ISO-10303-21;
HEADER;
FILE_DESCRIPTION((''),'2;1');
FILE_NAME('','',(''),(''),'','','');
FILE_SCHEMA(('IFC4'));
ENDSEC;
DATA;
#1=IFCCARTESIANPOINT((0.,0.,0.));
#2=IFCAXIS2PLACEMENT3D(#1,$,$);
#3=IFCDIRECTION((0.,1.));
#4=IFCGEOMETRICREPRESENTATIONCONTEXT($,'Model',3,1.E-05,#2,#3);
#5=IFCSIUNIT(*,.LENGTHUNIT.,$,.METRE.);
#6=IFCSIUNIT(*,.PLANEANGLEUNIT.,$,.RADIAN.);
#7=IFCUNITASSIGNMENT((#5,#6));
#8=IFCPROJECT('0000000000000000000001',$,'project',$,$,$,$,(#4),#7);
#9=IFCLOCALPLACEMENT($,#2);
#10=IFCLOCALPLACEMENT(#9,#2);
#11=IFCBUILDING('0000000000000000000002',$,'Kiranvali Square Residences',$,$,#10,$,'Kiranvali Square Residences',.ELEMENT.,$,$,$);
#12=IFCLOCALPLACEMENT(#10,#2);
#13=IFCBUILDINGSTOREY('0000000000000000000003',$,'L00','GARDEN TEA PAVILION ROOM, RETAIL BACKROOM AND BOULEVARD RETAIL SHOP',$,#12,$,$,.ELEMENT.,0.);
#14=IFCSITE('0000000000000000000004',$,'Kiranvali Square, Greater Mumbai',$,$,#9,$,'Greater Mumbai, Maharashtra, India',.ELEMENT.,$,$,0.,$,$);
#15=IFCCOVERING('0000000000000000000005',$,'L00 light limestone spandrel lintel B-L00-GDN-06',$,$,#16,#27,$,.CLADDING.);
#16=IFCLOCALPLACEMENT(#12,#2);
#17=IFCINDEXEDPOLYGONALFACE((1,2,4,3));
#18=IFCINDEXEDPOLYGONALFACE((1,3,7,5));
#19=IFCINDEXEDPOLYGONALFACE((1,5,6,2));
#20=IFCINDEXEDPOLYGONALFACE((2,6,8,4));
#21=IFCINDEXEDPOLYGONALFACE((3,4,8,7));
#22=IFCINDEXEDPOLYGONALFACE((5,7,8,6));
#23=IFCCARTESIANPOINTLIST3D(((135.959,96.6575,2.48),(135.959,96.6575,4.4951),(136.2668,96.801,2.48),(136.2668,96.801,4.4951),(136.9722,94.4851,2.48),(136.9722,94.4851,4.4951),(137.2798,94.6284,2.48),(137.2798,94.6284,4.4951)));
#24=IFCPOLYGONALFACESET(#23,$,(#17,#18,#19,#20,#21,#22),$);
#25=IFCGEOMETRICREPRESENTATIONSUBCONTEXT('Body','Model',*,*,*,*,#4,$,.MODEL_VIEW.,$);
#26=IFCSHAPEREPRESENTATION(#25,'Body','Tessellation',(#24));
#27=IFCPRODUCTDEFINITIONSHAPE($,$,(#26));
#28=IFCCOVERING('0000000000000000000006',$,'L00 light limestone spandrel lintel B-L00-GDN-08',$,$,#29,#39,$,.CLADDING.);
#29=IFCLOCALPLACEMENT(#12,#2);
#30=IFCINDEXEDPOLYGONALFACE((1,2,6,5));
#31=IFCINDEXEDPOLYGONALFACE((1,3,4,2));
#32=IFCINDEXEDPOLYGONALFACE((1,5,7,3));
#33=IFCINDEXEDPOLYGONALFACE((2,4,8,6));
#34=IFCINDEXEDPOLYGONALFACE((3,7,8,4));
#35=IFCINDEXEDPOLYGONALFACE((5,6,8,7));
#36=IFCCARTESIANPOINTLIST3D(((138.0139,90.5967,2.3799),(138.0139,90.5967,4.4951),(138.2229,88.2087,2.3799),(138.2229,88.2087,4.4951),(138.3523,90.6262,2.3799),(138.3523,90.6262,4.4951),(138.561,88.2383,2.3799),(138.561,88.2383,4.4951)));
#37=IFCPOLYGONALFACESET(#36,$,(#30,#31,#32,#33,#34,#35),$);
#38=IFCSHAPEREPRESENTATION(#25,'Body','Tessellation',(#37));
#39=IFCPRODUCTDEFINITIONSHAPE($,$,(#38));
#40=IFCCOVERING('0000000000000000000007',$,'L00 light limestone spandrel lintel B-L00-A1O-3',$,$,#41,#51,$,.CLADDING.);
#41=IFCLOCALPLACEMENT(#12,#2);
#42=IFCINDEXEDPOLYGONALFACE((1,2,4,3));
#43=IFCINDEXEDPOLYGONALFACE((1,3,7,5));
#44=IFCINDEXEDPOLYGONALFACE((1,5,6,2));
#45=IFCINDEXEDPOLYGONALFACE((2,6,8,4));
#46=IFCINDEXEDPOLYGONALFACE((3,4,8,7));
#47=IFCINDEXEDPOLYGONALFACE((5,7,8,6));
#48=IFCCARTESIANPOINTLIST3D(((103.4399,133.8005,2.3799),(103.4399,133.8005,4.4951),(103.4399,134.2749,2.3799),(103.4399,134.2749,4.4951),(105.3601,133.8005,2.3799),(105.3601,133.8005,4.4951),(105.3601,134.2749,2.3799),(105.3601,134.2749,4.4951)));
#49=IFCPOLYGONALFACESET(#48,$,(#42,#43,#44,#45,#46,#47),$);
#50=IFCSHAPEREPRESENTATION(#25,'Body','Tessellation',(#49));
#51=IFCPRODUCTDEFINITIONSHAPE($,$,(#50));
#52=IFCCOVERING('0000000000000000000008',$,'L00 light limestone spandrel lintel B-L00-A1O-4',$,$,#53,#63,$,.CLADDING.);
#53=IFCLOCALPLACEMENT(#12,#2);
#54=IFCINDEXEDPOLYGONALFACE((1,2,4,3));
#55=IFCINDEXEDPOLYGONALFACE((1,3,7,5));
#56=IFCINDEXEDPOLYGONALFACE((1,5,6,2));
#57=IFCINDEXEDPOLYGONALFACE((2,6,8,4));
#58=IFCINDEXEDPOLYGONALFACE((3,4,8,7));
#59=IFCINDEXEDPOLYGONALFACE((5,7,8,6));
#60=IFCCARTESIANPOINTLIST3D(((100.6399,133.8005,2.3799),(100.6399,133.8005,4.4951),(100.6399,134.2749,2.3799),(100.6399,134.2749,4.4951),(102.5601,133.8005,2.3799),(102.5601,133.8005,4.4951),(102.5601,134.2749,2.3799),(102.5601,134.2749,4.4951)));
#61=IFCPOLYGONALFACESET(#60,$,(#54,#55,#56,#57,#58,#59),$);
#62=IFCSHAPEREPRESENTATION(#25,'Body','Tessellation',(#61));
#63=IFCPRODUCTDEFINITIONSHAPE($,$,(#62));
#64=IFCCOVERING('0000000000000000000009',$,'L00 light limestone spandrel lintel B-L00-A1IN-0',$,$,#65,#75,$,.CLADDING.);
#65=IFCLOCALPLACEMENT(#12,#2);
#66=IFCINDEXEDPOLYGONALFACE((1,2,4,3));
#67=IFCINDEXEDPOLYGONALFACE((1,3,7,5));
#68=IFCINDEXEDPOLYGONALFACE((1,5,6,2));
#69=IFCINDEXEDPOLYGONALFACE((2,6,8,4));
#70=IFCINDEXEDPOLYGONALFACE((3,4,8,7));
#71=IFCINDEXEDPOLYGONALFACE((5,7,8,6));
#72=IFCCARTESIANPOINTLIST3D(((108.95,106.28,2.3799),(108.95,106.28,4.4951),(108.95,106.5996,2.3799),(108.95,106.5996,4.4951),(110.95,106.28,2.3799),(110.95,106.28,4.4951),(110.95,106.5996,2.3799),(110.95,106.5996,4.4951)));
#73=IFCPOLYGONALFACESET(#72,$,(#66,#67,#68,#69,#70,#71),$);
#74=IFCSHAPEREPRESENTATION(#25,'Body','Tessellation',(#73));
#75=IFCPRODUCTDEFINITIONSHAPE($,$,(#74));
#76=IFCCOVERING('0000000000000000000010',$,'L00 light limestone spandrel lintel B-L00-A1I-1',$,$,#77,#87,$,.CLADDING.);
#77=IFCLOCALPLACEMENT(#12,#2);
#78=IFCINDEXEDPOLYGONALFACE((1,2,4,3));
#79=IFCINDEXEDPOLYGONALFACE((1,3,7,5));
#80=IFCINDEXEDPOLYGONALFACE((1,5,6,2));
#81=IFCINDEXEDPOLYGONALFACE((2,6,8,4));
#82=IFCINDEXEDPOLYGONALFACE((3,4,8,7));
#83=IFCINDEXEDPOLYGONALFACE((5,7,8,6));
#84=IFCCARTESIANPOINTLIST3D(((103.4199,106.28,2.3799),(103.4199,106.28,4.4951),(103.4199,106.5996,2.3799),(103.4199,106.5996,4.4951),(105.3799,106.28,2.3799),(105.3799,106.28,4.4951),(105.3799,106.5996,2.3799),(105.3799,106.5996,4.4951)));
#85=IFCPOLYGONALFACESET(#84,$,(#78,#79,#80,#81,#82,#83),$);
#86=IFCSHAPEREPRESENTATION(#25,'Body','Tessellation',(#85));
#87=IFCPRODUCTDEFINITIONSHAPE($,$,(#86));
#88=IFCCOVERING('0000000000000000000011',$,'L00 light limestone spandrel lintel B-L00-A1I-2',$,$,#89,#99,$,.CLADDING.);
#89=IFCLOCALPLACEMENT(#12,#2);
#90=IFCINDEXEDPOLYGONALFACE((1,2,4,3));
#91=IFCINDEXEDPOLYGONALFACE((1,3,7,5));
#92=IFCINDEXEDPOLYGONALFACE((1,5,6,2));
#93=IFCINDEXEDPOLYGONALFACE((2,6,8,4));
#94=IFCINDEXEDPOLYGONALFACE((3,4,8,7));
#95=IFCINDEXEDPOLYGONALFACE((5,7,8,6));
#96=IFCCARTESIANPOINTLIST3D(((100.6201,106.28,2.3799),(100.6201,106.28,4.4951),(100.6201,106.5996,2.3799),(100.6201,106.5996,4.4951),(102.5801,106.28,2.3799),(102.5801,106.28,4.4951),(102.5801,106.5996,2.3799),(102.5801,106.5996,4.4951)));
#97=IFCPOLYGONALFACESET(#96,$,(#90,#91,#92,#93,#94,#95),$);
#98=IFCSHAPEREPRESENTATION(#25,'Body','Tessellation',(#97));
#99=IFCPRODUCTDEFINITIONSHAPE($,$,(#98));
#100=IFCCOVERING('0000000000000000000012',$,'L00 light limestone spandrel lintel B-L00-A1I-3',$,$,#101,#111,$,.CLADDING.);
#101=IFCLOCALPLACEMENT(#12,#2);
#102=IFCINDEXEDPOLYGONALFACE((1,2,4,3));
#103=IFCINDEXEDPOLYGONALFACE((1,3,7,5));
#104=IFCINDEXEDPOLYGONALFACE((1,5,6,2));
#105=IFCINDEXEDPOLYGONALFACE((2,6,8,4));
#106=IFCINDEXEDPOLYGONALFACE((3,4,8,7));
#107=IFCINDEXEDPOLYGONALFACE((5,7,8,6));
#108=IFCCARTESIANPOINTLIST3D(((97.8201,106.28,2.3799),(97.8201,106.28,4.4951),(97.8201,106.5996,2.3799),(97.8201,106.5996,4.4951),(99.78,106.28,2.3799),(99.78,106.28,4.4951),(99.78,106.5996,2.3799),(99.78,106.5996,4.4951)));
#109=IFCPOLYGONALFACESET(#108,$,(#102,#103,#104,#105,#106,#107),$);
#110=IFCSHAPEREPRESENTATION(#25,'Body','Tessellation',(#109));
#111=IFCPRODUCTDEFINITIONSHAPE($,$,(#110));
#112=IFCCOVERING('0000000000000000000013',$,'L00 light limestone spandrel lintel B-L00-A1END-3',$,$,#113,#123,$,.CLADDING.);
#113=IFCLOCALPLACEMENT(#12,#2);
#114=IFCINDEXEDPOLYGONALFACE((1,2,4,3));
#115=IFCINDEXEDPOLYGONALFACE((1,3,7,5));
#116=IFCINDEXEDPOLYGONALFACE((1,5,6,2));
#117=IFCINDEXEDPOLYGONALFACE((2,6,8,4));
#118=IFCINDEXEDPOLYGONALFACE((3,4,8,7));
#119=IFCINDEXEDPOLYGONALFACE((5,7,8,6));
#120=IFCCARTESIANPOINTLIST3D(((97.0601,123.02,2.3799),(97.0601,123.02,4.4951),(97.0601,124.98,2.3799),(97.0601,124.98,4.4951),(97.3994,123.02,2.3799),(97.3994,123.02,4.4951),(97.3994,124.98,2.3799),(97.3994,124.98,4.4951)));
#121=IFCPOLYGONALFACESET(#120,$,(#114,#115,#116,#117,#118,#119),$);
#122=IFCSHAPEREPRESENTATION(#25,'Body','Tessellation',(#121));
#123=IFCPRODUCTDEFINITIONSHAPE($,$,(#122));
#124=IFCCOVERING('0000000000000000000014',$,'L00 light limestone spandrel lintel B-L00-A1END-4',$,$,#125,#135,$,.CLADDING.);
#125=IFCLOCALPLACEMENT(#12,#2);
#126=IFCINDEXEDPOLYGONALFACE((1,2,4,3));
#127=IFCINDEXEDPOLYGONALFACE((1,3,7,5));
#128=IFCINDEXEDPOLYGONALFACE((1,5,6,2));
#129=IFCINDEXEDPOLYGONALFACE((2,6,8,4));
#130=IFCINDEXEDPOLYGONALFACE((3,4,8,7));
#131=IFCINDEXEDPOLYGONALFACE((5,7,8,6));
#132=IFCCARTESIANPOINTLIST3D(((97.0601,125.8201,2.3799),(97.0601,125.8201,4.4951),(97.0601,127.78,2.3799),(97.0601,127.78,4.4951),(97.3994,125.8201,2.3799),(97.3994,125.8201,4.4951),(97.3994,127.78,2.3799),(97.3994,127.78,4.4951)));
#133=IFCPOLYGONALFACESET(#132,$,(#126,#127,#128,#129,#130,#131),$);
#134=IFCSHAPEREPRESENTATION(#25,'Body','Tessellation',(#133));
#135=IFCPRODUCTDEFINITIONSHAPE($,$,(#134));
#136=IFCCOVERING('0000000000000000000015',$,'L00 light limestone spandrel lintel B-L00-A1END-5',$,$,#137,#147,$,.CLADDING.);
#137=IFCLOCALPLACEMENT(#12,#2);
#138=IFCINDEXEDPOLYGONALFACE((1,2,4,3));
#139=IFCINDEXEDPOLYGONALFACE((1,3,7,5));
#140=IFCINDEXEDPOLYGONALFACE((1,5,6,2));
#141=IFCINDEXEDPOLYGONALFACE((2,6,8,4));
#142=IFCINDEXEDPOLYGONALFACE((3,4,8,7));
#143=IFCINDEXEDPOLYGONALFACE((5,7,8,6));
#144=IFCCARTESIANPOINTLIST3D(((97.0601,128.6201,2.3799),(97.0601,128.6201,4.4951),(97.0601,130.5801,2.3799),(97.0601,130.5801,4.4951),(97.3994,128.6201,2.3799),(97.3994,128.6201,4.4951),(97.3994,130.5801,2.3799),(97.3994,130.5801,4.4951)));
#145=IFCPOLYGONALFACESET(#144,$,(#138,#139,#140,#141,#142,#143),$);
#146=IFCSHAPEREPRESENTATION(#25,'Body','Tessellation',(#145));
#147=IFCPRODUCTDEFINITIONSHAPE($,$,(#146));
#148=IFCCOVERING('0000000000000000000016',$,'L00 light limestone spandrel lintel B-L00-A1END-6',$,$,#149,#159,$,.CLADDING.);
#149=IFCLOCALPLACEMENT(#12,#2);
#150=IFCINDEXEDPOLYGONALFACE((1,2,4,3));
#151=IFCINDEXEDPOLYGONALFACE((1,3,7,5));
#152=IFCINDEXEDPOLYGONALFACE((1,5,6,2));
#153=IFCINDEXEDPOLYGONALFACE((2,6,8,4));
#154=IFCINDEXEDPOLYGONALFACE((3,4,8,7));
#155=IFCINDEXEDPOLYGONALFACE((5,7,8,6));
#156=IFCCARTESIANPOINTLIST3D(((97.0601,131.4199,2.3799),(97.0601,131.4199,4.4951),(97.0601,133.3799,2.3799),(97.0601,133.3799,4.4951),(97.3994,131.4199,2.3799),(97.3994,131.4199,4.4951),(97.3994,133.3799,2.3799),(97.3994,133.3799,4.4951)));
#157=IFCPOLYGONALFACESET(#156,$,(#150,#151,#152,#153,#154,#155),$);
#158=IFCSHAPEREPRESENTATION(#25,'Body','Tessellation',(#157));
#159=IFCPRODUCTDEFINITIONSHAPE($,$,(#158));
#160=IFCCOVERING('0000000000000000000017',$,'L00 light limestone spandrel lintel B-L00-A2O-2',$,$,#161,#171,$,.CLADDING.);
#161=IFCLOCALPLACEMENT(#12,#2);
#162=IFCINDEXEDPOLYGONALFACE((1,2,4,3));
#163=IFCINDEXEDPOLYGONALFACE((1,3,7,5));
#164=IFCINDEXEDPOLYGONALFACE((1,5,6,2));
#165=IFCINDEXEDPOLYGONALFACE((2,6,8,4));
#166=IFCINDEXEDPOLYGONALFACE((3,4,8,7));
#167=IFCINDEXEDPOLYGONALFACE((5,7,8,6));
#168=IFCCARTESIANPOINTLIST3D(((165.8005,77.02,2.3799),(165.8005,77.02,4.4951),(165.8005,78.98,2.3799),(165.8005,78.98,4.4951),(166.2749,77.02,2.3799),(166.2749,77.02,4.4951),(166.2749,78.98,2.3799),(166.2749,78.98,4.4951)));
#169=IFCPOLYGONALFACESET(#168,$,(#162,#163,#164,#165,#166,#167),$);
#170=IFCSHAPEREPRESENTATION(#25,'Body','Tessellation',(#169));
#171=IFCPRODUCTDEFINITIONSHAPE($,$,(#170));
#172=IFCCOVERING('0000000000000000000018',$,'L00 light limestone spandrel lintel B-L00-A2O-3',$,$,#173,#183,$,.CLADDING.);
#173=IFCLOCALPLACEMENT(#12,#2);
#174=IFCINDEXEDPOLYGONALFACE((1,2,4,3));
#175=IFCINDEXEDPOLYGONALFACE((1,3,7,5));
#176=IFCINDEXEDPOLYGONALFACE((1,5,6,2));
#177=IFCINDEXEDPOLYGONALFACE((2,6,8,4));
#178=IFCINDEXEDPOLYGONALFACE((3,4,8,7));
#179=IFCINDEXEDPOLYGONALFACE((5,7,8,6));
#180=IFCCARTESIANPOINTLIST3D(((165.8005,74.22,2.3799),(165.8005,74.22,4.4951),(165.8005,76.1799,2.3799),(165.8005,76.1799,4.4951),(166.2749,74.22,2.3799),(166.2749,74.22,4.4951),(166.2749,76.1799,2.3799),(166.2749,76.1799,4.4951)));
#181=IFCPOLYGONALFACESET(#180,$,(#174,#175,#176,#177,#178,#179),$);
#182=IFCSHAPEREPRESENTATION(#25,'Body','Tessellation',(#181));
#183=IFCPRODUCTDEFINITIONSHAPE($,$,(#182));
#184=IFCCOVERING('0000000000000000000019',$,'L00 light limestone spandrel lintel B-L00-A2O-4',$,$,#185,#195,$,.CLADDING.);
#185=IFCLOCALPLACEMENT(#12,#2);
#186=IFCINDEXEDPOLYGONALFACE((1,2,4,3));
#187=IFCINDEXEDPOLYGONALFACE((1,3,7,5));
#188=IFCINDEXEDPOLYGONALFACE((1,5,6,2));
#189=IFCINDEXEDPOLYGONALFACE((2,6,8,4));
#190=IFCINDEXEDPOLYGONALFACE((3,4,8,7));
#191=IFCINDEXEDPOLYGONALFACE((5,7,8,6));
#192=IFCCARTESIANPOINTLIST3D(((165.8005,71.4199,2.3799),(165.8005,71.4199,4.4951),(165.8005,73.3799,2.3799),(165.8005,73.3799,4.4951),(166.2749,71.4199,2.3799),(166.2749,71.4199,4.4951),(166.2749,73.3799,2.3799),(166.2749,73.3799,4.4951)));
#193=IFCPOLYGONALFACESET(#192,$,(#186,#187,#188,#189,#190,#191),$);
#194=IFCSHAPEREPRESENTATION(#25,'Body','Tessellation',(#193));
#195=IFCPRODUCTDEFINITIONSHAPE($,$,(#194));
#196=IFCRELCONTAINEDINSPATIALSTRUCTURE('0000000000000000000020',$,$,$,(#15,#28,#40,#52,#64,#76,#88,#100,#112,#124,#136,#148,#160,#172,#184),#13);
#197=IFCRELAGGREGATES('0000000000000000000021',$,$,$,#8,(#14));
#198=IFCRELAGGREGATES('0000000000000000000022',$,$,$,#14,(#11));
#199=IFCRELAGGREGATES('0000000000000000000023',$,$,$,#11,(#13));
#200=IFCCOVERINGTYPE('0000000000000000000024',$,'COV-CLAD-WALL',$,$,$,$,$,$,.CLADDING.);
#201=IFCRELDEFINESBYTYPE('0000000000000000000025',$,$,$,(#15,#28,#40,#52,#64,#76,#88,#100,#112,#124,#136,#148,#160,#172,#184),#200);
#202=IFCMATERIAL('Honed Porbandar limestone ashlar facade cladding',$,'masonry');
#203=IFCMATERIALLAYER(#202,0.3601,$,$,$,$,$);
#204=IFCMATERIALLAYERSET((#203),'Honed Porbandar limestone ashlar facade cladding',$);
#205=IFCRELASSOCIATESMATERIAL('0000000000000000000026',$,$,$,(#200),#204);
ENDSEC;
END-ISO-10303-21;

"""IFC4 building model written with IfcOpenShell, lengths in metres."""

from ifc_helpers import new_model, si_unit, direction, frame, origin, place, context, subcontext, project, spatial, polyline, outline, extrude, material, layer, layer_set, type_object, element, save


model = new_model("IFC4")

# Units and contexts
model_context = context("Model", 3, precision=1e-05, world=origin(), true_north=direction((0.0, 1.0)))
body_context = subcontext(model_context, "Body", "Model", "MODEL_VIEW")
ifc_project = project(units=[si_unit("LENGTHUNIT", "METRE"), si_unit("PLANEANGLEUNIT", "RADIAN")], contexts=[model_context])

# Site, building, storey
site_placement = place(None, origin())
site = spatial("IfcSite", under=ifc_project, at=site_placement, Name="Kiranvali Square, Greater Mumbai", LongName="Greater Mumbai, Maharashtra, India", CompositionType="ELEMENT", RefElevation=0.0)
building_placement = place(site_placement, origin())
building = spatial("IfcBuilding", under=site, at=building_placement, Name="Kiranvali Square Residences", LongName="Kiranvali Square Residences", CompositionType="ELEMENT")
storey_placement = place(building_placement, origin())
storey = spatial("IfcBuildingStorey", under=building, at=storey_placement, Name="L00", Description="GARDEN TEA PAVILION ROOM, RETAIL BACKROOM AND BOULEVARD RETAIL SHOP", CompositionType="ELEMENT", Elevation=0.0)

# Coverings
ifc_material = material(Name="Honed Porbandar limestone ashlar facade cladding", Category="masonry")
ifc_layer = layer(ifc_material, 0.3601)
ifc_layer_set = layer_set([ifc_layer], Name="Honed Porbandar limestone ashlar facade cladding")
covering_type = type_object("IfcCoveringType", Name="COV-CLAD-WALL", PredefinedType="CLADDING", material=ifc_layer_set)
covering_1_placement = place(storey_placement, frame((0.0, 0.0, 2.48)))
element("IfcCovering", 1, at=covering_1_placement, inside=storey, type_object=covering_type, Name="L00 light limestone spandrel lintel B-L00-GDN-06", PredefinedType="CLADDING", context=body_context, shape_type="SweptSolid", body=[
    extrude(outline(polyline([(135.959, 96.6575), (136.9722, 94.4851), (137.2798, 94.6284), (136.2668, 96.801), (135.959, 96.6575)])), origin(), (0.0, 0.0, 1.0), 2.0151),
])
covering_2_placement = place(storey_placement, frame((0.0, 0.0, 2.3799)))
element("IfcCovering", 2, at=covering_2_placement, inside=storey, type_object=covering_type, Name="L00 light limestone spandrel lintel B-L00-GDN-08", PredefinedType="CLADDING", context=body_context, shape_type="SweptSolid", body=[
    extrude(outline(polyline([(138.0139, 90.5967), (138.2229, 88.2087), (138.561, 88.2383), (138.3523, 90.6262), (138.0139, 90.5967)])), origin(), (0.0, 0.0, 1.0), 2.1152),
])
covering_3_placement = place(storey_placement, frame((0.0, 0.0, 2.3799)))
element("IfcCovering", 3, at=covering_3_placement, inside=storey, type_object=covering_type, Name="L00 light limestone spandrel lintel B-L00-A1O-3", PredefinedType="CLADDING", context=body_context, shape_type="SweptSolid", body=[
    extrude(outline(polyline([(105.3601, 134.2749), (103.4399, 134.2749), (103.4399, 133.8005), (105.3601, 133.8005), (105.3601, 134.2749)])), origin(), (0.0, 0.0, 1.0), 2.1152),
])
covering_4_placement = place(storey_placement, frame((0.0, 0.0, 2.3799)))
element("IfcCovering", 4, at=covering_4_placement, inside=storey, type_object=covering_type, Name="L00 light limestone spandrel lintel B-L00-A1O-4", PredefinedType="CLADDING", context=body_context, shape_type="SweptSolid", body=[
    extrude(outline(polyline([(102.5601, 134.2749), (100.6399, 134.2749), (100.6399, 133.8005), (102.5601, 133.8005), (102.5601, 134.2749)])), origin(), (0.0, 0.0, 1.0), 2.1152),
])
covering_5_placement = place(storey_placement, frame((0.0, 0.0, 2.3799)))
element("IfcCovering", 5, at=covering_5_placement, inside=storey, type_object=covering_type, Name="L00 light limestone spandrel lintel B-L00-A1IN-0", PredefinedType="CLADDING", context=body_context, shape_type="SweptSolid", body=[
    extrude(outline(polyline([(110.95, 106.5996), (108.95, 106.5996), (108.95, 106.28), (110.95, 106.28), (110.95, 106.5996)])), origin(), (0.0, 0.0, 1.0), 2.1152),
])
covering_6_placement = place(storey_placement, frame((0.0, 0.0, 2.3799)))
element("IfcCovering", 6, at=covering_6_placement, inside=storey, type_object=covering_type, Name="L00 light limestone spandrel lintel B-L00-A1I-1", PredefinedType="CLADDING", context=body_context, shape_type="SweptSolid", body=[
    extrude(outline(polyline([(105.3799, 106.5996), (103.4199, 106.5996), (103.4199, 106.28), (105.3799, 106.28), (105.3799, 106.5996)])), origin(), (0.0, 0.0, 1.0), 2.1152),
])
covering_7_placement = place(storey_placement, frame((0.0, 0.0, 2.3799)))
element("IfcCovering", 7, at=covering_7_placement, inside=storey, type_object=covering_type, Name="L00 light limestone spandrel lintel B-L00-A1I-2", PredefinedType="CLADDING", context=body_context, shape_type="SweptSolid", body=[
    extrude(outline(polyline([(102.5801, 106.5996), (100.6201, 106.5996), (100.6201, 106.28), (102.5801, 106.28), (102.5801, 106.5996)])), origin(), (0.0, 0.0, 1.0), 2.1152),
])
covering_8_placement = place(storey_placement, frame((0.0, 0.0, 2.3799)))
element("IfcCovering", 8, at=covering_8_placement, inside=storey, type_object=covering_type, Name="L00 light limestone spandrel lintel B-L00-A1I-3", PredefinedType="CLADDING", context=body_context, shape_type="SweptSolid", body=[
    extrude(outline(polyline([(99.78, 106.5996), (97.8201, 106.5996), (97.8201, 106.28), (99.78, 106.28), (99.78, 106.5996)])), origin(), (0.0, 0.0, 1.0), 2.1152),
])
covering_9_placement = place(storey_placement, frame((0.0, 0.0, 2.3799)))
element("IfcCovering", 9, at=covering_9_placement, inside=storey, type_object=covering_type, Name="L00 light limestone spandrel lintel B-L00-A1END-3", PredefinedType="CLADDING", context=body_context, shape_type="SweptSolid", body=[
    extrude(outline(polyline([(97.3994, 123.02), (97.3994, 124.98), (97.0601, 124.98), (97.0601, 123.02), (97.3994, 123.02)])), origin(), (0.0, 0.0, 1.0), 2.1152),
])
covering_10_placement = place(storey_placement, frame((0.0, 0.0, 2.3799)))
element("IfcCovering", 10, at=covering_10_placement, inside=storey, type_object=covering_type, Name="L00 light limestone spandrel lintel B-L00-A1END-4", PredefinedType="CLADDING", context=body_context, shape_type="SweptSolid", body=[
    extrude(outline(polyline([(97.3994, 125.8201), (97.3994, 127.78), (97.0601, 127.78), (97.0601, 125.8201), (97.3994, 125.8201)])), origin(), (0.0, 0.0, 1.0), 2.1152),
])
covering_11_placement = place(storey_placement, frame((0.0, 0.0, 2.3799)))
element("IfcCovering", 11, at=covering_11_placement, inside=storey, type_object=covering_type, Name="L00 light limestone spandrel lintel B-L00-A1END-5", PredefinedType="CLADDING", context=body_context, shape_type="SweptSolid", body=[
    extrude(outline(polyline([(97.3994, 128.6201), (97.3994, 130.5801), (97.0601, 130.5801), (97.0601, 128.6201), (97.3994, 128.6201)])), origin(), (0.0, 0.0, 1.0), 2.1152),
])
covering_12_placement = place(storey_placement, frame((0.0, 0.0, 2.3799)))
element("IfcCovering", 12, at=covering_12_placement, inside=storey, type_object=covering_type, Name="L00 light limestone spandrel lintel B-L00-A1END-6", PredefinedType="CLADDING", context=body_context, shape_type="SweptSolid", body=[
    extrude(outline(polyline([(97.3994, 131.4199), (97.3994, 133.3799), (97.0601, 133.3799), (97.0601, 131.4199), (97.3994, 131.4199)])), origin(), (0.0, 0.0, 1.0), 2.1152),
])
covering_13_placement = place(storey_placement, frame((0.0, 0.0, 2.3799)))
element("IfcCovering", 13, at=covering_13_placement, inside=storey, type_object=covering_type, Name="L00 light limestone spandrel lintel B-L00-A2O-2", PredefinedType="CLADDING", context=body_context, shape_type="SweptSolid", body=[
    extrude(outline(polyline([(165.8005, 78.98), (165.8005, 77.02), (166.2749, 77.02), (166.2749, 78.98), (165.8005, 78.98)])), origin(), (0.0, 0.0, 1.0), 2.1152),
])
covering_14_placement = place(storey_placement, frame((0.0, 0.0, 2.3799)))
element("IfcCovering", 14, at=covering_14_placement, inside=storey, type_object=covering_type, Name="L00 light limestone spandrel lintel B-L00-A2O-3", PredefinedType="CLADDING", context=body_context, shape_type="SweptSolid", body=[
    extrude(outline(polyline([(165.8005, 76.1799), (165.8005, 74.22), (166.2749, 74.22), (166.2749, 76.1799), (165.8005, 76.1799)])), origin(), (0.0, 0.0, 1.0), 2.1152),
])
covering_15_placement = place(storey_placement, frame((0.0, 0.0, 2.3799)))
element("IfcCovering", 15, at=covering_15_placement, inside=storey, type_object=covering_type, Name="L00 light limestone spandrel lintel B-L00-A2O-4", PredefinedType="CLADDING", context=body_context, shape_type="SweptSolid", body=[
    extrude(outline(polyline([(165.8005, 73.3799), (165.8005, 71.4199), (166.2749, 71.4199), (166.2749, 73.3799), (165.8005, 73.3799)])), origin(), (0.0, 0.0, 1.0), 2.1152),
])

save(model, "model.ifc")
